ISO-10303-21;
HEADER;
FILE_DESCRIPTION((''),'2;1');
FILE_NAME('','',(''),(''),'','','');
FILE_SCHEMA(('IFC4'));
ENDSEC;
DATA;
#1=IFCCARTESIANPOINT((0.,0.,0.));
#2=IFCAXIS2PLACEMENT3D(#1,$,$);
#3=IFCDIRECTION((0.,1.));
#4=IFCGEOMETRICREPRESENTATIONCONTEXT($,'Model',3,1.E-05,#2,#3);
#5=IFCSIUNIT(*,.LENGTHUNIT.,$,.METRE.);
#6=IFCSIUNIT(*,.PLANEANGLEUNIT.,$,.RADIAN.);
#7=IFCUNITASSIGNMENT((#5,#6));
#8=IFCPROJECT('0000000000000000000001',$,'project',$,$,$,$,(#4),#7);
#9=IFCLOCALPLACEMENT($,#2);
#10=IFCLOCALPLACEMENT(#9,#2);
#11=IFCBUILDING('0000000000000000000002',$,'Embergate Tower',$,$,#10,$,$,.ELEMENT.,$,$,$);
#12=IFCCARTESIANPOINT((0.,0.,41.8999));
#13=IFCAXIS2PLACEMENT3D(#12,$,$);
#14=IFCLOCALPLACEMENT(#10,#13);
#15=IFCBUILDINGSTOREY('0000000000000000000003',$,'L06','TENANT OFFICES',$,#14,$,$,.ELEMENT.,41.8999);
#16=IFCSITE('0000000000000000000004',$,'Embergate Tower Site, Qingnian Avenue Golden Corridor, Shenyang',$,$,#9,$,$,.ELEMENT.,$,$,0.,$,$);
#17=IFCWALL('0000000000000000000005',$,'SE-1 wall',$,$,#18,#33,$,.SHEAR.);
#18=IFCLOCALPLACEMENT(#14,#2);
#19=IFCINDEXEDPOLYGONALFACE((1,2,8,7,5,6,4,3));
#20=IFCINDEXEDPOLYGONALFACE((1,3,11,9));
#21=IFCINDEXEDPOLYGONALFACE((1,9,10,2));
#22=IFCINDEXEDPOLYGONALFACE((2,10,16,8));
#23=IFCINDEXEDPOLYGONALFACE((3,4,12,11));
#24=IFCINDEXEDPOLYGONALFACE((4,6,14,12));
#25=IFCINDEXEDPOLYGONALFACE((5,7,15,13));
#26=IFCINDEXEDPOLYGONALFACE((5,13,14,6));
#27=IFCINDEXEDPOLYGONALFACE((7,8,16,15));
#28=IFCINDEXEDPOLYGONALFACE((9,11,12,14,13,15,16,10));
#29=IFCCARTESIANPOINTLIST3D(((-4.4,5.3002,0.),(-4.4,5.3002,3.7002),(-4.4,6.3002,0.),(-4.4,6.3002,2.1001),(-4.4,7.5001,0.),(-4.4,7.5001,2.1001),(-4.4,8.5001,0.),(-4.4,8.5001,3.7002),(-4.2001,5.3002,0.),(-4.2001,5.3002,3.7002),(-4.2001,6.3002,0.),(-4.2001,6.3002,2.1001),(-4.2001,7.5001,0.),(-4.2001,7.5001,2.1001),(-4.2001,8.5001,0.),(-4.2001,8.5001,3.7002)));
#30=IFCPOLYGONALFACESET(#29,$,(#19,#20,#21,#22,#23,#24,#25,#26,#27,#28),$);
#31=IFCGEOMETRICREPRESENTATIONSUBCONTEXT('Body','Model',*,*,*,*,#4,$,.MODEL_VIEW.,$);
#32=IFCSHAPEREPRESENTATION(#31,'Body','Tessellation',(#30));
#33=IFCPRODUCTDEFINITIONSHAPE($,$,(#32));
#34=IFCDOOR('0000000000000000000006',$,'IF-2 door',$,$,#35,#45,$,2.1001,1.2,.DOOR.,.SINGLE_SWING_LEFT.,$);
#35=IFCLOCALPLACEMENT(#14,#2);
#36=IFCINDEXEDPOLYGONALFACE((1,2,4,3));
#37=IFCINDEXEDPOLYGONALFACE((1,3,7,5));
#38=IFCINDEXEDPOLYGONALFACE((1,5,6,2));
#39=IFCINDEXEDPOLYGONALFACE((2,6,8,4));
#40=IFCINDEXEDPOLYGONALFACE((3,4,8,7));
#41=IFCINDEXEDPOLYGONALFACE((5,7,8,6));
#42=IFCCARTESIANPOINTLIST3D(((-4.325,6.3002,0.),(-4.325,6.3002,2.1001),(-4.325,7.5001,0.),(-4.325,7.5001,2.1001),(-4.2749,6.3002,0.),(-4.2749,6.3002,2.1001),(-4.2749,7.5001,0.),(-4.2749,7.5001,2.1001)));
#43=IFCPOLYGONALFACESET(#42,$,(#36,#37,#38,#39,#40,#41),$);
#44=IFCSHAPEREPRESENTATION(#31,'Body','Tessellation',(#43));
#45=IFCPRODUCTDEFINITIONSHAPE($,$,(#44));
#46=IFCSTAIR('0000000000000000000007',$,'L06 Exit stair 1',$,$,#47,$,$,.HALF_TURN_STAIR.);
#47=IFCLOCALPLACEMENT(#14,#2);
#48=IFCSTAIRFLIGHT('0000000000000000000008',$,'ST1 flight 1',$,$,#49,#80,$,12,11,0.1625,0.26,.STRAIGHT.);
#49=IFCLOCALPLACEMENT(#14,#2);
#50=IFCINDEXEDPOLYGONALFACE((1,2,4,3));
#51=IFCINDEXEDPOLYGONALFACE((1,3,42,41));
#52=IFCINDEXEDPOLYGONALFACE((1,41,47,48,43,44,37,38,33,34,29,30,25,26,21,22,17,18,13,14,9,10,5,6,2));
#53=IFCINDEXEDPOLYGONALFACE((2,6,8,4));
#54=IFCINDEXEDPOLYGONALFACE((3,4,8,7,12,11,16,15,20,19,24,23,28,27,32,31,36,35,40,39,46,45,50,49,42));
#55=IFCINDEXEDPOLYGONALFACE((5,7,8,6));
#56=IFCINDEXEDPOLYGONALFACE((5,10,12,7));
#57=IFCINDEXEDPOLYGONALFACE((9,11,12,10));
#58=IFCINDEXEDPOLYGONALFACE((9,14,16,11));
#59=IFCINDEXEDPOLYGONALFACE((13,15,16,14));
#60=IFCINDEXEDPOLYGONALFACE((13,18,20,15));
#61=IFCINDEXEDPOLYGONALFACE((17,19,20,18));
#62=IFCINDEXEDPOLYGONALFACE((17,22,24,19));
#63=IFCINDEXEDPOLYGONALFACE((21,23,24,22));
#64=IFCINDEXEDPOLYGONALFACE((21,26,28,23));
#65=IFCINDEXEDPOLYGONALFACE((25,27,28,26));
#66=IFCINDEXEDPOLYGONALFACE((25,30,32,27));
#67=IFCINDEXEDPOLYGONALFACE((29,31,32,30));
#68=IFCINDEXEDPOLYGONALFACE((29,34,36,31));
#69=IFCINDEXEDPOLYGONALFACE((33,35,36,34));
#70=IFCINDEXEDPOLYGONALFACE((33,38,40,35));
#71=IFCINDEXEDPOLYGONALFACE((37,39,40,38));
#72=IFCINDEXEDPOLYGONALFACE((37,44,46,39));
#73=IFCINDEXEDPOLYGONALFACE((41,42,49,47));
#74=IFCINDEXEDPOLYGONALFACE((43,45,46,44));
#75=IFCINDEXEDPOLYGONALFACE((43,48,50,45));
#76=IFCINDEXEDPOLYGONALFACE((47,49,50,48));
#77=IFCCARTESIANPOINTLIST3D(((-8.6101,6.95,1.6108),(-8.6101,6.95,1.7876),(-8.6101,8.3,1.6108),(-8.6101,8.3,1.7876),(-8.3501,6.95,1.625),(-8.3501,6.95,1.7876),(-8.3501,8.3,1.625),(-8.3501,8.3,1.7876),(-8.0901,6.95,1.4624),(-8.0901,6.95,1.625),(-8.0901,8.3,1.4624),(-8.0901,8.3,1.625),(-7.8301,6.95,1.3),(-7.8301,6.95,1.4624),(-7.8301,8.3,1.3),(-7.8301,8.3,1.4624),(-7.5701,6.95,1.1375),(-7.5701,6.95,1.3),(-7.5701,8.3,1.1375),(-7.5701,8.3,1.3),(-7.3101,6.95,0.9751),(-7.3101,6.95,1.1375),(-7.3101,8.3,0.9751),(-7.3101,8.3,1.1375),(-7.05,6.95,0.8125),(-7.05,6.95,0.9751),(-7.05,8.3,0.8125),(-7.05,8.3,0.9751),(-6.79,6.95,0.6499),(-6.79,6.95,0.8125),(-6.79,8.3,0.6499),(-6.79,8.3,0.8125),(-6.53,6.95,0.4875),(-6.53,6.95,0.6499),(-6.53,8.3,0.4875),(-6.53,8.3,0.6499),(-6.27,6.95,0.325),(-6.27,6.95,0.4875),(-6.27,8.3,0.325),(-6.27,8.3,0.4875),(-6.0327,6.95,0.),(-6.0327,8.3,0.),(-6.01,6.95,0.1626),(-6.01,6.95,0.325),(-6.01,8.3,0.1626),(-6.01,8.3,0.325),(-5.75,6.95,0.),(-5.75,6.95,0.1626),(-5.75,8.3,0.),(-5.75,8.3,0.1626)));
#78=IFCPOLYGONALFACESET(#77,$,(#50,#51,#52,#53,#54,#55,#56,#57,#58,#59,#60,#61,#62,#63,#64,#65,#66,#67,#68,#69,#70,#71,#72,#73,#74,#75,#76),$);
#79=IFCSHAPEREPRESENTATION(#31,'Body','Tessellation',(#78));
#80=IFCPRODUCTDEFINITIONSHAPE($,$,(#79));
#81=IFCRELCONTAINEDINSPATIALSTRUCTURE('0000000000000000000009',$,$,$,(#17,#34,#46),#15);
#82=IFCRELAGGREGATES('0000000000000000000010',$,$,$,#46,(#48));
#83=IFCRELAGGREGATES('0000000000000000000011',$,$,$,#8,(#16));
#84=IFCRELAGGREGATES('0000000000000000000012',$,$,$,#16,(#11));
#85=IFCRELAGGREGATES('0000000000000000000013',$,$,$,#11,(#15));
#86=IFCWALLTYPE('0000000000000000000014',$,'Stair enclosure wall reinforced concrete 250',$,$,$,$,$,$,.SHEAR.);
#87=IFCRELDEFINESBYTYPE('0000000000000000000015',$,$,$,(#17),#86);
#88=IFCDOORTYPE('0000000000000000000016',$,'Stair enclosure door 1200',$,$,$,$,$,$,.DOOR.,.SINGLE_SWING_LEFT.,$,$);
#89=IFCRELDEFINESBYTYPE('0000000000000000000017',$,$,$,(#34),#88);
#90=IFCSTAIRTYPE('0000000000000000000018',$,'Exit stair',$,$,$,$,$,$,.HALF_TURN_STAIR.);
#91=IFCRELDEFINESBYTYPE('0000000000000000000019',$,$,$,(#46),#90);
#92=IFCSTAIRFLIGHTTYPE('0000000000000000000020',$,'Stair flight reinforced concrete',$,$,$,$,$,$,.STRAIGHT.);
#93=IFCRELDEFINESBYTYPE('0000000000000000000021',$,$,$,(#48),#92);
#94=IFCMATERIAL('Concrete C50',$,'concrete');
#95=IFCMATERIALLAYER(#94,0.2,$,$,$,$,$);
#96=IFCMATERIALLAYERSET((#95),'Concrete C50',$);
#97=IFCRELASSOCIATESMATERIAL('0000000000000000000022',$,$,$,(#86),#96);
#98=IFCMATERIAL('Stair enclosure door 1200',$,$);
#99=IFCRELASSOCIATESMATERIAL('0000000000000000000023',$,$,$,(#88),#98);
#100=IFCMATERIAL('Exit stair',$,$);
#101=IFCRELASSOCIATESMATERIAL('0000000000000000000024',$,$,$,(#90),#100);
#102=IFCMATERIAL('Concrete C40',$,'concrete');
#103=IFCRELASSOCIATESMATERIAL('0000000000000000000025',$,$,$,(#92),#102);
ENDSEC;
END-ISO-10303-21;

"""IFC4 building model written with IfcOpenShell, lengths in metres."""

from ifc_helpers import new_model, si_unit, direction, frame, frame_2d, origin, place, context, subcontext, project, spatial, polyline, rectangle, outline, extrude, source, transform, mapped, material, layer, layer_set, type_object, element, fill, aggregate, save


model = new_model("IFC4")

# Units and contexts
model_context = context("Model", 3, precision=1e-05, world=origin(), true_north=direction((0.0, 1.0)))
body_context = subcontext(model_context, "Body", "Model", "MODEL_VIEW")
ifc_project = project(units=[si_unit("LENGTHUNIT", "METRE"), si_unit("PLANEANGLEUNIT", "RADIAN")], contexts=[model_context])

# Site, building, storey
site_placement = place(None, origin())
site = spatial("IfcSite", under=ifc_project, at=site_placement, Name="Embergate Tower Site, Qingnian Avenue Golden Corridor, Shenyang", CompositionType="ELEMENT", RefElevation=0.0)
building_placement = place(site_placement, origin())
building = spatial("IfcBuilding", under=site, at=building_placement, Name="Embergate Tower", CompositionType="ELEMENT")
storey_placement = place(building_placement, frame((0.0, 0.0, 41.8999)))
storey = spatial("IfcBuildingStorey", under=building, at=storey_placement, Name="L06", Description="TENANT OFFICES", CompositionType="ELEMENT", Elevation=41.8999)

# Shared definitions
ifc_material_1 = material(Name="Concrete C50", Category="concrete")

# Shared definitions
ifc_layer_1 = layer(ifc_material_1, 0.2)
ifc_layer_set_1 = layer_set([ifc_layer_1], Name="Concrete C50")
wall_type_1 = type_object("IfcWallType", Name="Stair enclosure wall reinforced concrete 250", PredefinedType="SHEAR", material=ifc_layer_set_1)

# Wall, opening, door
shared_shape_1 = source(origin(), body_context, "Body", "SweptSolid", [
    extrude(rectangle(XDim=3.2, YDim=0.2, at=frame_2d((1.6001, 0.0))), origin(), (0.0, 0.0, 1.0), 3.7002),
])
wall_1_placement = place(storey_placement, frame((-4.3, 5.3, 0.0), z_axis=(0.0, 0.0, 1.0), x_axis=(0.0, 1.0, 0.0)))
wall_1 = element("IfcWall", 1, at=wall_1_placement, inside=storey, type_object=wall_type_1, Name="SE-1 wall", PredefinedType="SHEAR", context=body_context, shape_type="MappedRepresentation", body=[
    mapped(shared_shape_1, transform((0.0, 0.0, 0.0))),
])
shared_shape_2 = source(origin(), body_context, "Body", "SweptSolid", [
    extrude(rectangle(XDim=1.2, YDim=2.1001, at=frame_2d((0.6001, 1.05))), frame((0.0, 0.1099, 0.0), z_axis=(0.0, -1.0, 0.0), x_axis=(1.0, 0.0, 0.0)), (0.0, 0.0, 1.0), 0.22),
])
opening_1_placement = place(wall_1_placement, frame((1.0, 0.0, 0.0)))
opening_1 = element("IfcOpeningElement", 2, at=opening_1_placement, cuts=wall_1, PredefinedType="OPENING", context=body_context, shape_type="MappedRepresentation", body=[
    mapped(shared_shape_2, transform((0.0, 0.0, 0.0))),
])
ifc_material_2 = material(Name="Stair enclosure door 1200")
door_type_1 = type_object("IfcDoorType", Name="Stair enclosure door 1200", OperationType="SINGLE_SWING_LEFT", PredefinedType="DOOR", material=ifc_material_2)
shared_shape_3 = source(origin(), body_context, "Body", "SweptSolid", [
    extrude(rectangle(XDim=1.2, YDim=2.1001, at=frame_2d((0.6001, 1.05))), frame((0.0, 0.0249, 0.0), z_axis=(0.0, -1.0, 0.0), x_axis=(1.0, 0.0, 0.0)), (0.0, 0.0, 1.0), 0.05),
])
door_1_placement = place(opening_1_placement, origin())
door_1 = element("IfcDoor", 3, at=door_1_placement, inside=storey, type_object=door_type_1, Name="IF-2 door", OperationType="SINGLE_SWING_LEFT", OverallHeight=2.1001, OverallWidth=1.2, PredefinedType="DOOR", context=body_context, shape_type="MappedRepresentation", body=[
    mapped(shared_shape_3, transform((0.0, 0.0, 0.0))),
])
fill(opening_1, door_1)

# Stair, stair flight
ifc_material_3 = material(Name="Exit stair")
stair_type = type_object("IfcStairType", Name="Exit stair", PredefinedType="HALF_TURN_STAIR", material=ifc_material_3)
stair_placement = place(storey_placement, origin())
stair = element("IfcStair", 4, at=stair_placement, inside=storey, type_object=stair_type, Name="L06 Exit stair 1", PredefinedType="HALF_TURN_STAIR")
ifc_material_4 = material(Name="Concrete C40", Category="concrete")
stair_flight_type = type_object("IfcStairFlightType", Name="Stair flight reinforced concrete", PredefinedType="STRAIGHT", material=ifc_material_4)
shared_shape_4 = source(origin(), body_context, "Body", "SweptSolid", [
    extrude(outline(polyline([(0.0, 0.0), (0.0, 0.1626), (0.26, 0.1626), (0.26, 0.325), (0.52, 0.325), (0.52, 0.4875), (0.78, 0.4875), (0.78, 0.6499), (1.04, 0.6499), (1.04, 0.8125), (1.3, 0.8125), (1.3, 0.9751), (1.5601, 0.9751), (1.5601, 1.1375), (1.8201, 1.1375), (1.8201, 1.3), (2.0801, 1.3), (2.0801, 1.4624), (2.3401, 1.4624), (2.3401, 1.625), (2.6001, 1.625), (2.6001, 1.7876), (2.8601, 1.7876), (2.8601, 1.95), (2.8601, 1.6108), (0.2827, 0.0), (0.0, 0.0)])), frame((0.0, 0.675, 0.0), z_axis=(0.0, -1.0, 0.0), x_axis=(1.0, 0.0, 0.0)), (0.0, 0.0, 1.0), 1.3501),
])
stair_flight_placement = place(storey_placement, frame((-5.75, 7.625, 0.0), z_axis=(0.0, 0.0, 1.0), x_axis=(-1.0, 0.0, 0.0)))
stair_flight = element("IfcStairFlight", 5, at=stair_flight_placement, type_object=stair_flight_type, Name="ST1 flight 1", NumberOfRisers=12, NumberOfTreads=11, PredefinedType="STRAIGHT", RiserHeight=0.1625, TreadLength=0.26, context=body_context, shape_type="MappedRepresentation", body=[
    mapped(shared_shape_4, transform((0.0, 0.0, 0.0))),
])
aggregate(stair, [stair_flight])

save(model, "model.ifc")
